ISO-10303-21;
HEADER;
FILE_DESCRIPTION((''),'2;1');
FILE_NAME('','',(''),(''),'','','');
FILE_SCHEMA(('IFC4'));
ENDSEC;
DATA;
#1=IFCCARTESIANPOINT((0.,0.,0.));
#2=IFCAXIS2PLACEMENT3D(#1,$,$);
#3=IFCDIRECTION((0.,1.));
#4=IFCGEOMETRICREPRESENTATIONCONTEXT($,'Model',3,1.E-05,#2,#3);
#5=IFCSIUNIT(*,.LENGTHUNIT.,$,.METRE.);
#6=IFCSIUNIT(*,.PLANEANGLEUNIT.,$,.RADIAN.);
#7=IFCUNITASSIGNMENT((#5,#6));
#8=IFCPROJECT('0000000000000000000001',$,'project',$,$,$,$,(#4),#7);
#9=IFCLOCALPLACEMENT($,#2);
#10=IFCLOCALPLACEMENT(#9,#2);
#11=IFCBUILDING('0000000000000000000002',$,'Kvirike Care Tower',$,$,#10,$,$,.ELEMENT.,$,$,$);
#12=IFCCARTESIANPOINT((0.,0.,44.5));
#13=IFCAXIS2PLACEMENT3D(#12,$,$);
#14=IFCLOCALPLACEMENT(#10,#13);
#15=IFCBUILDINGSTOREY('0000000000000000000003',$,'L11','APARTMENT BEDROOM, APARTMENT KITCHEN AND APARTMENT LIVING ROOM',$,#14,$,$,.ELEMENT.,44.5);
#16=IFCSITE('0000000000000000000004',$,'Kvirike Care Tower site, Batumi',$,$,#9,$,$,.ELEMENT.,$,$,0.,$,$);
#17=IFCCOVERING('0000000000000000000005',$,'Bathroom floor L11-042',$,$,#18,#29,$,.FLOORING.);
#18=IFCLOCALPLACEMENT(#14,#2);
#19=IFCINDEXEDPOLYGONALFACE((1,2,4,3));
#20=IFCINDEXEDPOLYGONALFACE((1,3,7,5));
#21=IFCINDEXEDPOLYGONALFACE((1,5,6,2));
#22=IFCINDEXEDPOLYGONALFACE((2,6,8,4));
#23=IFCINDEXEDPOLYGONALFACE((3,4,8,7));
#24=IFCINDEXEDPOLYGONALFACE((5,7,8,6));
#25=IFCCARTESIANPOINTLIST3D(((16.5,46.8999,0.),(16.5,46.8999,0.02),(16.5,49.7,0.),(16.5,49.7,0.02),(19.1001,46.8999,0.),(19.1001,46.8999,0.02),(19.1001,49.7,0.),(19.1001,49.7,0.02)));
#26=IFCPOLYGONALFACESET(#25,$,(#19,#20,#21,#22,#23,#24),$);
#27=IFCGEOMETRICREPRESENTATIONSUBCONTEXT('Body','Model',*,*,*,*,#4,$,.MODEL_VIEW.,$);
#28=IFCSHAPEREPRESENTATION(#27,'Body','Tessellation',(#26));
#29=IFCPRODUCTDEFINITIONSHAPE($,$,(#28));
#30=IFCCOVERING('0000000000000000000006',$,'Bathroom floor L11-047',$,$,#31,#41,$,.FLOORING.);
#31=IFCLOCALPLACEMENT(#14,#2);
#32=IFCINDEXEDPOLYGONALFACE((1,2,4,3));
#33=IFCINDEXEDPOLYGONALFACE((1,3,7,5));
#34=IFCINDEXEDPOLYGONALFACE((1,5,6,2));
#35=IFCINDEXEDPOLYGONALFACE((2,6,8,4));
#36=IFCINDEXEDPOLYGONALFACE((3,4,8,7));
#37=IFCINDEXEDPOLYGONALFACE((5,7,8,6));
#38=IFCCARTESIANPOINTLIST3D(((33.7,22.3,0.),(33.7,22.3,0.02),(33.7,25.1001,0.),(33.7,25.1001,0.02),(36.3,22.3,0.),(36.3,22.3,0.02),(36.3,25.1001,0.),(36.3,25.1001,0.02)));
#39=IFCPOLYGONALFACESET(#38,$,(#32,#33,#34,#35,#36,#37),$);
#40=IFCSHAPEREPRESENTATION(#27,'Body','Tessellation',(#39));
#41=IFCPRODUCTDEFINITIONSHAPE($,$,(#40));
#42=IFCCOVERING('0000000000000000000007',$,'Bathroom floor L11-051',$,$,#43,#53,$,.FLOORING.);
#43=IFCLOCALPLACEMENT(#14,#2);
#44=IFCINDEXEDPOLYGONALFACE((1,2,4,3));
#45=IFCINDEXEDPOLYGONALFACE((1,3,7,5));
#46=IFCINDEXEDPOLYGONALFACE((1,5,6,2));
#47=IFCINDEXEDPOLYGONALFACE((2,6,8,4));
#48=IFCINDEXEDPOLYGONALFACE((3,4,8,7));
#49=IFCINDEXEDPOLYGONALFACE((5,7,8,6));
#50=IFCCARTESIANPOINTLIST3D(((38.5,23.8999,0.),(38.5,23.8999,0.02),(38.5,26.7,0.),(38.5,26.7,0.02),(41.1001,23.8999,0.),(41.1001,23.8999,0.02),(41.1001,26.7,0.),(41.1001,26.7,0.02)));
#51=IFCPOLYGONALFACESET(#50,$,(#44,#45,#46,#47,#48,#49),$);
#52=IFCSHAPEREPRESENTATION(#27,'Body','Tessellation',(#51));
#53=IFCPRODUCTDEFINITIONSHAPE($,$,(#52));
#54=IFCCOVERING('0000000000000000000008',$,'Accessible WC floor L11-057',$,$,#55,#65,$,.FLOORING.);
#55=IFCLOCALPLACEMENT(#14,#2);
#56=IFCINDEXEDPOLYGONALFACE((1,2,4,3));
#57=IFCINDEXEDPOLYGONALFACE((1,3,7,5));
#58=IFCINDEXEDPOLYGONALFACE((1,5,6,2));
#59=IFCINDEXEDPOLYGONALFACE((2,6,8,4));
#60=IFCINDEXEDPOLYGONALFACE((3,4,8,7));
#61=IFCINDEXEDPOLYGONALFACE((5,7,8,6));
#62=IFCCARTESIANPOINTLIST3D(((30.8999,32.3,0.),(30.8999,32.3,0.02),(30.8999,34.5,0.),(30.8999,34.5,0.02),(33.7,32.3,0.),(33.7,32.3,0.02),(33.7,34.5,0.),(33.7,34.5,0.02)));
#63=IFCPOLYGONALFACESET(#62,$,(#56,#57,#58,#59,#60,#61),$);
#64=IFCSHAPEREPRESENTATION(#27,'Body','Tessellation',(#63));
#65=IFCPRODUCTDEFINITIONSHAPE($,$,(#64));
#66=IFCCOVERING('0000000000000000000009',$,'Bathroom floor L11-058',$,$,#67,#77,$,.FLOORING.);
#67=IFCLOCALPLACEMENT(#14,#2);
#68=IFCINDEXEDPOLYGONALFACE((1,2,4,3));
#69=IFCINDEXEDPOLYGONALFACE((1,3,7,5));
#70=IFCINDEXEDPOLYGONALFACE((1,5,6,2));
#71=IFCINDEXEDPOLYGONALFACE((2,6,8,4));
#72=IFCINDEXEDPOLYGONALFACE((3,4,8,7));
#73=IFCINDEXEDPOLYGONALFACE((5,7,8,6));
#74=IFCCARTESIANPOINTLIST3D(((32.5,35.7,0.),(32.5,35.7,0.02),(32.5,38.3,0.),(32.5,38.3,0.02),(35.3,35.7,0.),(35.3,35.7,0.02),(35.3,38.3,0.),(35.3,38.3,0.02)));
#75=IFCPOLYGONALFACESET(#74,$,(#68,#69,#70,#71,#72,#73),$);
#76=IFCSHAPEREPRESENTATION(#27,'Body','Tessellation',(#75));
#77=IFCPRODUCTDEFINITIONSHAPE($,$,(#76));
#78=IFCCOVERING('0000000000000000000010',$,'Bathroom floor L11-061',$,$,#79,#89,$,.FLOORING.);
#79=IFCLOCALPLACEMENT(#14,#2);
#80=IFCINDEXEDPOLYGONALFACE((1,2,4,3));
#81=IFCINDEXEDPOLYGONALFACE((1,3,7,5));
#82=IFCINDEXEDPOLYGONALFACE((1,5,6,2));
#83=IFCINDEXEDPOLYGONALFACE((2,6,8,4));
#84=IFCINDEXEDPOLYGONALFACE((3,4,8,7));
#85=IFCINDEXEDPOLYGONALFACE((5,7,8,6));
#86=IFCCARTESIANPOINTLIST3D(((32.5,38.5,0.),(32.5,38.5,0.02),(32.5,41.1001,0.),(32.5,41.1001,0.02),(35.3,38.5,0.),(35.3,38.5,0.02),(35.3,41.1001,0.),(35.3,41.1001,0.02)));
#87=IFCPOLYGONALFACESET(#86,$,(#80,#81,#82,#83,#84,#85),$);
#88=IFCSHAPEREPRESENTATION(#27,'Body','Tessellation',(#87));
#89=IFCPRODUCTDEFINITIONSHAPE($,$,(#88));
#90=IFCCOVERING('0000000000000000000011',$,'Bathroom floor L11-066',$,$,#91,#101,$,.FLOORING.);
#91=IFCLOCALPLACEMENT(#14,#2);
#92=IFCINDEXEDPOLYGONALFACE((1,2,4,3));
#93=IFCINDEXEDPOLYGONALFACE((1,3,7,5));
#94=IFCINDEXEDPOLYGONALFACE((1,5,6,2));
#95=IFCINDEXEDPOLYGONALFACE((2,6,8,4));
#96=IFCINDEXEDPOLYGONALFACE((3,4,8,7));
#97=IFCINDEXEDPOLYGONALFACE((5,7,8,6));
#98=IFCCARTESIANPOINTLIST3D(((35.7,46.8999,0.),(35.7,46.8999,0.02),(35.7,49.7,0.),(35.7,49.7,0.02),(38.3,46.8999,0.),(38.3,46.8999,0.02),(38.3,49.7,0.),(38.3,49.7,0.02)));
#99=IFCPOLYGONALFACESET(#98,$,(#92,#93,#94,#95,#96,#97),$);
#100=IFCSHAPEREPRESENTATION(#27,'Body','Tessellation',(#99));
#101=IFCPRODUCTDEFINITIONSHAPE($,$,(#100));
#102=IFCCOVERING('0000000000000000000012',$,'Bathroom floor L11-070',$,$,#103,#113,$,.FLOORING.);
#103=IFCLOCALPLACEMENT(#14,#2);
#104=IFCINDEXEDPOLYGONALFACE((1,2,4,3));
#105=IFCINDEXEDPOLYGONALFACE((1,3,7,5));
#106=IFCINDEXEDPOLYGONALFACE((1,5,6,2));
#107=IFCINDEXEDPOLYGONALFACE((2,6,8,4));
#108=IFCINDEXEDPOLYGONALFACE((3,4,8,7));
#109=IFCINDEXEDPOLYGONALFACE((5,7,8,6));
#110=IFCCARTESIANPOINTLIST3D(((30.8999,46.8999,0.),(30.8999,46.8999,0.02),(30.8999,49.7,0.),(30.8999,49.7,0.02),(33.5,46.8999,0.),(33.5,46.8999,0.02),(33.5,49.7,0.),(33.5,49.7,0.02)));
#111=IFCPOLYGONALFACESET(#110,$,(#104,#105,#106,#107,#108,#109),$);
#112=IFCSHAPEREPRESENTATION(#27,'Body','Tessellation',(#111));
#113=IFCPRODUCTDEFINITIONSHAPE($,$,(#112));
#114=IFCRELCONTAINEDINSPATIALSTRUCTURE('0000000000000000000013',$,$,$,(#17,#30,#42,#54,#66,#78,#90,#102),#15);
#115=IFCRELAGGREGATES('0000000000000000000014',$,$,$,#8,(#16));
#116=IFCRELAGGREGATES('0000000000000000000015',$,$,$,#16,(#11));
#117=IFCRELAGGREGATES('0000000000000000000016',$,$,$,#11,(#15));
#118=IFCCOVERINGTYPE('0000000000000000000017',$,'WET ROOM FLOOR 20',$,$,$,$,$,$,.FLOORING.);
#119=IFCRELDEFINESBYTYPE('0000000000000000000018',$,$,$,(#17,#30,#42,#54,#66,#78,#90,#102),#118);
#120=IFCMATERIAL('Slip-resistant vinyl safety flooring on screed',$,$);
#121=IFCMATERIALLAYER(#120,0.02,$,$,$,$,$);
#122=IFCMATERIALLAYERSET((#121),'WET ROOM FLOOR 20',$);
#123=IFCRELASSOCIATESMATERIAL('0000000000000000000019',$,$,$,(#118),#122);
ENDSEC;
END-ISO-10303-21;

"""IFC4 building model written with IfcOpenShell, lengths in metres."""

from ifc_helpers import new_model, si_unit, direction, frame, origin, place, context, subcontext, project, spatial, polyline, outline, extrude, material, layer, layer_set, type_object, element, save


model = new_model("IFC4")

# Units and contexts
model_context = context("Model", 3, precision=1e-05, world=origin(), true_north=direction((0.0, 1.0)))
body_context = subcontext(model_context, "Body", "Model", "MODEL_VIEW")
ifc_project = project(units=[si_unit("LENGTHUNIT", "METRE"), si_unit("PLANEANGLEUNIT", "RADIAN")], contexts=[model_context])

# Site, building, storey
site_placement = place(None, origin())
site = spatial("IfcSite", under=ifc_project, at=site_placement, Name="Kvirike Care Tower site, Batumi", CompositionType="ELEMENT", RefElevation=0.0)
building_placement = place(site_placement, origin())
building = spatial("IfcBuilding", under=site, at=building_placement, Name="Kvirike Care Tower", CompositionType="ELEMENT")
storey_placement = place(building_placement, frame((0.0, 0.0, 44.5)))
storey = spatial("IfcBuildingStorey", under=building, at=storey_placement, Name="L11", Description="APARTMENT BEDROOM, APARTMENT KITCHEN AND APARTMENT LIVING ROOM", CompositionType="ELEMENT", Elevation=44.5)

# Coverings
ifc_material_1 = material(Name="Slip-resistant vinyl safety flooring on screed")
ifc_layer_1 = layer(ifc_material_1, 0.02)
ifc_layer_set_1 = layer_set([ifc_layer_1], Name="WET ROOM FLOOR 20")
covering_type = type_object("IfcCoveringType", Name="WET ROOM FLOOR 20", PredefinedType="FLOORING", material=ifc_layer_set_1)
covering_1_placement = place(storey_placement, origin())
element("IfcCovering", 1, at=covering_1_placement, inside=storey, type_object=covering_type, Name="Bathroom floor L11-042", PredefinedType="FLOORING", context=body_context, shape_type="SweptSolid", body=[
    extrude(outline(polyline([(19.1001, 49.7), (19.1001, 46.8999), (16.5, 46.8999), (16.5, 49.7), (19.1001, 49.7)])), origin(), (0.0, 0.0, 1.0), 0.02),
])
covering_2_placement = place(storey_placement, origin())
element("IfcCovering", 2, at=covering_2_placement, inside=storey, type_object=covering_type, Name="Bathroom floor L11-047", PredefinedType="FLOORING", context=body_context, shape_type="SweptSolid", body=[
    extrude(outline(polyline([(33.7, 22.3), (33.7, 25.1001), (36.3, 25.1001), (36.3, 22.3), (33.7, 22.3)])), origin(), (0.0, 0.0, 1.0), 0.02),
])
covering_3_placement = place(storey_placement, origin())
element("IfcCovering", 3, at=covering_3_placement, inside=storey, type_object=covering_type, Name="Bathroom floor L11-051", PredefinedType="FLOORING", context=body_context, shape_type="SweptSolid", body=[
    extrude(outline(polyline([(38.5, 23.8999), (38.5, 26.7), (41.1001, 26.7), (41.1001, 23.8999), (38.5, 23.8999)])), origin(), (0.0, 0.0, 1.0), 0.02),
])
covering_4_placement = place(storey_placement, origin())
element("IfcCovering", 4, at=covering_4_placement, inside=storey, type_object=covering_type, Name="Accessible WC floor L11-057", PredefinedType="FLOORING", context=body_context, shape_type="SweptSolid", body=[
    extrude(outline(polyline([(33.7, 32.3), (30.8999, 32.3), (30.8999, 34.5), (33.7, 34.5), (33.7, 32.3)])), origin(), (0.0, 0.0, 1.0), 0.02),
])
covering_5_placement = place(storey_placement, origin())
element("IfcCovering", 5, at=covering_5_placement, inside=storey, type_object=covering_type, Name="Bathroom floor L11-058", PredefinedType="FLOORING", context=body_context, shape_type="SweptSolid", body=[
    extrude(outline(polyline([(35.3, 35.7), (32.5, 35.7), (32.5, 38.3), (35.3, 38.3), (35.3, 35.7)])), origin(), (0.0, 0.0, 1.0), 0.02),
])
covering_6_placement = place(storey_placement, origin())
element("IfcCovering", 6, at=covering_6_placement, inside=storey, type_object=covering_type, Name="Bathroom floor L11-061", PredefinedType="FLOORING", context=body_context, shape_type="SweptSolid", body=[
    extrude(outline(polyline([(35.3, 38.5), (32.5, 38.5), (32.5, 41.1001), (35.3, 41.1001), (35.3, 38.5)])), origin(), (0.0, 0.0, 1.0), 0.02),
])
covering_7_placement = place(storey_placement, origin())
element("IfcCovering", 7, at=covering_7_placement, inside=storey, type_object=covering_type, Name="Bathroom floor L11-066", PredefinedType="FLOORING", context=body_context, shape_type="SweptSolid", body=[
    extrude(outline(polyline([(38.3, 49.7), (38.3, 46.8999), (35.7, 46.8999), (35.7, 49.7), (38.3, 49.7)])), origin(), (0.0, 0.0, 1.0), 0.02),
])
covering_8_placement = place(storey_placement, origin())
element("IfcCovering", 8, at=covering_8_placement, inside=storey, type_object=covering_type, Name="Bathroom floor L11-070", PredefinedType="FLOORING", context=body_context, shape_type="SweptSolid", body=[
    extrude(outline(polyline([(33.5, 49.7), (33.5, 46.8999), (30.8999, 46.8999), (30.8999, 49.7), (33.5, 49.7)])), origin(), (0.0, 0.0, 1.0), 0.02),
])

save(model, "model.ifc")
